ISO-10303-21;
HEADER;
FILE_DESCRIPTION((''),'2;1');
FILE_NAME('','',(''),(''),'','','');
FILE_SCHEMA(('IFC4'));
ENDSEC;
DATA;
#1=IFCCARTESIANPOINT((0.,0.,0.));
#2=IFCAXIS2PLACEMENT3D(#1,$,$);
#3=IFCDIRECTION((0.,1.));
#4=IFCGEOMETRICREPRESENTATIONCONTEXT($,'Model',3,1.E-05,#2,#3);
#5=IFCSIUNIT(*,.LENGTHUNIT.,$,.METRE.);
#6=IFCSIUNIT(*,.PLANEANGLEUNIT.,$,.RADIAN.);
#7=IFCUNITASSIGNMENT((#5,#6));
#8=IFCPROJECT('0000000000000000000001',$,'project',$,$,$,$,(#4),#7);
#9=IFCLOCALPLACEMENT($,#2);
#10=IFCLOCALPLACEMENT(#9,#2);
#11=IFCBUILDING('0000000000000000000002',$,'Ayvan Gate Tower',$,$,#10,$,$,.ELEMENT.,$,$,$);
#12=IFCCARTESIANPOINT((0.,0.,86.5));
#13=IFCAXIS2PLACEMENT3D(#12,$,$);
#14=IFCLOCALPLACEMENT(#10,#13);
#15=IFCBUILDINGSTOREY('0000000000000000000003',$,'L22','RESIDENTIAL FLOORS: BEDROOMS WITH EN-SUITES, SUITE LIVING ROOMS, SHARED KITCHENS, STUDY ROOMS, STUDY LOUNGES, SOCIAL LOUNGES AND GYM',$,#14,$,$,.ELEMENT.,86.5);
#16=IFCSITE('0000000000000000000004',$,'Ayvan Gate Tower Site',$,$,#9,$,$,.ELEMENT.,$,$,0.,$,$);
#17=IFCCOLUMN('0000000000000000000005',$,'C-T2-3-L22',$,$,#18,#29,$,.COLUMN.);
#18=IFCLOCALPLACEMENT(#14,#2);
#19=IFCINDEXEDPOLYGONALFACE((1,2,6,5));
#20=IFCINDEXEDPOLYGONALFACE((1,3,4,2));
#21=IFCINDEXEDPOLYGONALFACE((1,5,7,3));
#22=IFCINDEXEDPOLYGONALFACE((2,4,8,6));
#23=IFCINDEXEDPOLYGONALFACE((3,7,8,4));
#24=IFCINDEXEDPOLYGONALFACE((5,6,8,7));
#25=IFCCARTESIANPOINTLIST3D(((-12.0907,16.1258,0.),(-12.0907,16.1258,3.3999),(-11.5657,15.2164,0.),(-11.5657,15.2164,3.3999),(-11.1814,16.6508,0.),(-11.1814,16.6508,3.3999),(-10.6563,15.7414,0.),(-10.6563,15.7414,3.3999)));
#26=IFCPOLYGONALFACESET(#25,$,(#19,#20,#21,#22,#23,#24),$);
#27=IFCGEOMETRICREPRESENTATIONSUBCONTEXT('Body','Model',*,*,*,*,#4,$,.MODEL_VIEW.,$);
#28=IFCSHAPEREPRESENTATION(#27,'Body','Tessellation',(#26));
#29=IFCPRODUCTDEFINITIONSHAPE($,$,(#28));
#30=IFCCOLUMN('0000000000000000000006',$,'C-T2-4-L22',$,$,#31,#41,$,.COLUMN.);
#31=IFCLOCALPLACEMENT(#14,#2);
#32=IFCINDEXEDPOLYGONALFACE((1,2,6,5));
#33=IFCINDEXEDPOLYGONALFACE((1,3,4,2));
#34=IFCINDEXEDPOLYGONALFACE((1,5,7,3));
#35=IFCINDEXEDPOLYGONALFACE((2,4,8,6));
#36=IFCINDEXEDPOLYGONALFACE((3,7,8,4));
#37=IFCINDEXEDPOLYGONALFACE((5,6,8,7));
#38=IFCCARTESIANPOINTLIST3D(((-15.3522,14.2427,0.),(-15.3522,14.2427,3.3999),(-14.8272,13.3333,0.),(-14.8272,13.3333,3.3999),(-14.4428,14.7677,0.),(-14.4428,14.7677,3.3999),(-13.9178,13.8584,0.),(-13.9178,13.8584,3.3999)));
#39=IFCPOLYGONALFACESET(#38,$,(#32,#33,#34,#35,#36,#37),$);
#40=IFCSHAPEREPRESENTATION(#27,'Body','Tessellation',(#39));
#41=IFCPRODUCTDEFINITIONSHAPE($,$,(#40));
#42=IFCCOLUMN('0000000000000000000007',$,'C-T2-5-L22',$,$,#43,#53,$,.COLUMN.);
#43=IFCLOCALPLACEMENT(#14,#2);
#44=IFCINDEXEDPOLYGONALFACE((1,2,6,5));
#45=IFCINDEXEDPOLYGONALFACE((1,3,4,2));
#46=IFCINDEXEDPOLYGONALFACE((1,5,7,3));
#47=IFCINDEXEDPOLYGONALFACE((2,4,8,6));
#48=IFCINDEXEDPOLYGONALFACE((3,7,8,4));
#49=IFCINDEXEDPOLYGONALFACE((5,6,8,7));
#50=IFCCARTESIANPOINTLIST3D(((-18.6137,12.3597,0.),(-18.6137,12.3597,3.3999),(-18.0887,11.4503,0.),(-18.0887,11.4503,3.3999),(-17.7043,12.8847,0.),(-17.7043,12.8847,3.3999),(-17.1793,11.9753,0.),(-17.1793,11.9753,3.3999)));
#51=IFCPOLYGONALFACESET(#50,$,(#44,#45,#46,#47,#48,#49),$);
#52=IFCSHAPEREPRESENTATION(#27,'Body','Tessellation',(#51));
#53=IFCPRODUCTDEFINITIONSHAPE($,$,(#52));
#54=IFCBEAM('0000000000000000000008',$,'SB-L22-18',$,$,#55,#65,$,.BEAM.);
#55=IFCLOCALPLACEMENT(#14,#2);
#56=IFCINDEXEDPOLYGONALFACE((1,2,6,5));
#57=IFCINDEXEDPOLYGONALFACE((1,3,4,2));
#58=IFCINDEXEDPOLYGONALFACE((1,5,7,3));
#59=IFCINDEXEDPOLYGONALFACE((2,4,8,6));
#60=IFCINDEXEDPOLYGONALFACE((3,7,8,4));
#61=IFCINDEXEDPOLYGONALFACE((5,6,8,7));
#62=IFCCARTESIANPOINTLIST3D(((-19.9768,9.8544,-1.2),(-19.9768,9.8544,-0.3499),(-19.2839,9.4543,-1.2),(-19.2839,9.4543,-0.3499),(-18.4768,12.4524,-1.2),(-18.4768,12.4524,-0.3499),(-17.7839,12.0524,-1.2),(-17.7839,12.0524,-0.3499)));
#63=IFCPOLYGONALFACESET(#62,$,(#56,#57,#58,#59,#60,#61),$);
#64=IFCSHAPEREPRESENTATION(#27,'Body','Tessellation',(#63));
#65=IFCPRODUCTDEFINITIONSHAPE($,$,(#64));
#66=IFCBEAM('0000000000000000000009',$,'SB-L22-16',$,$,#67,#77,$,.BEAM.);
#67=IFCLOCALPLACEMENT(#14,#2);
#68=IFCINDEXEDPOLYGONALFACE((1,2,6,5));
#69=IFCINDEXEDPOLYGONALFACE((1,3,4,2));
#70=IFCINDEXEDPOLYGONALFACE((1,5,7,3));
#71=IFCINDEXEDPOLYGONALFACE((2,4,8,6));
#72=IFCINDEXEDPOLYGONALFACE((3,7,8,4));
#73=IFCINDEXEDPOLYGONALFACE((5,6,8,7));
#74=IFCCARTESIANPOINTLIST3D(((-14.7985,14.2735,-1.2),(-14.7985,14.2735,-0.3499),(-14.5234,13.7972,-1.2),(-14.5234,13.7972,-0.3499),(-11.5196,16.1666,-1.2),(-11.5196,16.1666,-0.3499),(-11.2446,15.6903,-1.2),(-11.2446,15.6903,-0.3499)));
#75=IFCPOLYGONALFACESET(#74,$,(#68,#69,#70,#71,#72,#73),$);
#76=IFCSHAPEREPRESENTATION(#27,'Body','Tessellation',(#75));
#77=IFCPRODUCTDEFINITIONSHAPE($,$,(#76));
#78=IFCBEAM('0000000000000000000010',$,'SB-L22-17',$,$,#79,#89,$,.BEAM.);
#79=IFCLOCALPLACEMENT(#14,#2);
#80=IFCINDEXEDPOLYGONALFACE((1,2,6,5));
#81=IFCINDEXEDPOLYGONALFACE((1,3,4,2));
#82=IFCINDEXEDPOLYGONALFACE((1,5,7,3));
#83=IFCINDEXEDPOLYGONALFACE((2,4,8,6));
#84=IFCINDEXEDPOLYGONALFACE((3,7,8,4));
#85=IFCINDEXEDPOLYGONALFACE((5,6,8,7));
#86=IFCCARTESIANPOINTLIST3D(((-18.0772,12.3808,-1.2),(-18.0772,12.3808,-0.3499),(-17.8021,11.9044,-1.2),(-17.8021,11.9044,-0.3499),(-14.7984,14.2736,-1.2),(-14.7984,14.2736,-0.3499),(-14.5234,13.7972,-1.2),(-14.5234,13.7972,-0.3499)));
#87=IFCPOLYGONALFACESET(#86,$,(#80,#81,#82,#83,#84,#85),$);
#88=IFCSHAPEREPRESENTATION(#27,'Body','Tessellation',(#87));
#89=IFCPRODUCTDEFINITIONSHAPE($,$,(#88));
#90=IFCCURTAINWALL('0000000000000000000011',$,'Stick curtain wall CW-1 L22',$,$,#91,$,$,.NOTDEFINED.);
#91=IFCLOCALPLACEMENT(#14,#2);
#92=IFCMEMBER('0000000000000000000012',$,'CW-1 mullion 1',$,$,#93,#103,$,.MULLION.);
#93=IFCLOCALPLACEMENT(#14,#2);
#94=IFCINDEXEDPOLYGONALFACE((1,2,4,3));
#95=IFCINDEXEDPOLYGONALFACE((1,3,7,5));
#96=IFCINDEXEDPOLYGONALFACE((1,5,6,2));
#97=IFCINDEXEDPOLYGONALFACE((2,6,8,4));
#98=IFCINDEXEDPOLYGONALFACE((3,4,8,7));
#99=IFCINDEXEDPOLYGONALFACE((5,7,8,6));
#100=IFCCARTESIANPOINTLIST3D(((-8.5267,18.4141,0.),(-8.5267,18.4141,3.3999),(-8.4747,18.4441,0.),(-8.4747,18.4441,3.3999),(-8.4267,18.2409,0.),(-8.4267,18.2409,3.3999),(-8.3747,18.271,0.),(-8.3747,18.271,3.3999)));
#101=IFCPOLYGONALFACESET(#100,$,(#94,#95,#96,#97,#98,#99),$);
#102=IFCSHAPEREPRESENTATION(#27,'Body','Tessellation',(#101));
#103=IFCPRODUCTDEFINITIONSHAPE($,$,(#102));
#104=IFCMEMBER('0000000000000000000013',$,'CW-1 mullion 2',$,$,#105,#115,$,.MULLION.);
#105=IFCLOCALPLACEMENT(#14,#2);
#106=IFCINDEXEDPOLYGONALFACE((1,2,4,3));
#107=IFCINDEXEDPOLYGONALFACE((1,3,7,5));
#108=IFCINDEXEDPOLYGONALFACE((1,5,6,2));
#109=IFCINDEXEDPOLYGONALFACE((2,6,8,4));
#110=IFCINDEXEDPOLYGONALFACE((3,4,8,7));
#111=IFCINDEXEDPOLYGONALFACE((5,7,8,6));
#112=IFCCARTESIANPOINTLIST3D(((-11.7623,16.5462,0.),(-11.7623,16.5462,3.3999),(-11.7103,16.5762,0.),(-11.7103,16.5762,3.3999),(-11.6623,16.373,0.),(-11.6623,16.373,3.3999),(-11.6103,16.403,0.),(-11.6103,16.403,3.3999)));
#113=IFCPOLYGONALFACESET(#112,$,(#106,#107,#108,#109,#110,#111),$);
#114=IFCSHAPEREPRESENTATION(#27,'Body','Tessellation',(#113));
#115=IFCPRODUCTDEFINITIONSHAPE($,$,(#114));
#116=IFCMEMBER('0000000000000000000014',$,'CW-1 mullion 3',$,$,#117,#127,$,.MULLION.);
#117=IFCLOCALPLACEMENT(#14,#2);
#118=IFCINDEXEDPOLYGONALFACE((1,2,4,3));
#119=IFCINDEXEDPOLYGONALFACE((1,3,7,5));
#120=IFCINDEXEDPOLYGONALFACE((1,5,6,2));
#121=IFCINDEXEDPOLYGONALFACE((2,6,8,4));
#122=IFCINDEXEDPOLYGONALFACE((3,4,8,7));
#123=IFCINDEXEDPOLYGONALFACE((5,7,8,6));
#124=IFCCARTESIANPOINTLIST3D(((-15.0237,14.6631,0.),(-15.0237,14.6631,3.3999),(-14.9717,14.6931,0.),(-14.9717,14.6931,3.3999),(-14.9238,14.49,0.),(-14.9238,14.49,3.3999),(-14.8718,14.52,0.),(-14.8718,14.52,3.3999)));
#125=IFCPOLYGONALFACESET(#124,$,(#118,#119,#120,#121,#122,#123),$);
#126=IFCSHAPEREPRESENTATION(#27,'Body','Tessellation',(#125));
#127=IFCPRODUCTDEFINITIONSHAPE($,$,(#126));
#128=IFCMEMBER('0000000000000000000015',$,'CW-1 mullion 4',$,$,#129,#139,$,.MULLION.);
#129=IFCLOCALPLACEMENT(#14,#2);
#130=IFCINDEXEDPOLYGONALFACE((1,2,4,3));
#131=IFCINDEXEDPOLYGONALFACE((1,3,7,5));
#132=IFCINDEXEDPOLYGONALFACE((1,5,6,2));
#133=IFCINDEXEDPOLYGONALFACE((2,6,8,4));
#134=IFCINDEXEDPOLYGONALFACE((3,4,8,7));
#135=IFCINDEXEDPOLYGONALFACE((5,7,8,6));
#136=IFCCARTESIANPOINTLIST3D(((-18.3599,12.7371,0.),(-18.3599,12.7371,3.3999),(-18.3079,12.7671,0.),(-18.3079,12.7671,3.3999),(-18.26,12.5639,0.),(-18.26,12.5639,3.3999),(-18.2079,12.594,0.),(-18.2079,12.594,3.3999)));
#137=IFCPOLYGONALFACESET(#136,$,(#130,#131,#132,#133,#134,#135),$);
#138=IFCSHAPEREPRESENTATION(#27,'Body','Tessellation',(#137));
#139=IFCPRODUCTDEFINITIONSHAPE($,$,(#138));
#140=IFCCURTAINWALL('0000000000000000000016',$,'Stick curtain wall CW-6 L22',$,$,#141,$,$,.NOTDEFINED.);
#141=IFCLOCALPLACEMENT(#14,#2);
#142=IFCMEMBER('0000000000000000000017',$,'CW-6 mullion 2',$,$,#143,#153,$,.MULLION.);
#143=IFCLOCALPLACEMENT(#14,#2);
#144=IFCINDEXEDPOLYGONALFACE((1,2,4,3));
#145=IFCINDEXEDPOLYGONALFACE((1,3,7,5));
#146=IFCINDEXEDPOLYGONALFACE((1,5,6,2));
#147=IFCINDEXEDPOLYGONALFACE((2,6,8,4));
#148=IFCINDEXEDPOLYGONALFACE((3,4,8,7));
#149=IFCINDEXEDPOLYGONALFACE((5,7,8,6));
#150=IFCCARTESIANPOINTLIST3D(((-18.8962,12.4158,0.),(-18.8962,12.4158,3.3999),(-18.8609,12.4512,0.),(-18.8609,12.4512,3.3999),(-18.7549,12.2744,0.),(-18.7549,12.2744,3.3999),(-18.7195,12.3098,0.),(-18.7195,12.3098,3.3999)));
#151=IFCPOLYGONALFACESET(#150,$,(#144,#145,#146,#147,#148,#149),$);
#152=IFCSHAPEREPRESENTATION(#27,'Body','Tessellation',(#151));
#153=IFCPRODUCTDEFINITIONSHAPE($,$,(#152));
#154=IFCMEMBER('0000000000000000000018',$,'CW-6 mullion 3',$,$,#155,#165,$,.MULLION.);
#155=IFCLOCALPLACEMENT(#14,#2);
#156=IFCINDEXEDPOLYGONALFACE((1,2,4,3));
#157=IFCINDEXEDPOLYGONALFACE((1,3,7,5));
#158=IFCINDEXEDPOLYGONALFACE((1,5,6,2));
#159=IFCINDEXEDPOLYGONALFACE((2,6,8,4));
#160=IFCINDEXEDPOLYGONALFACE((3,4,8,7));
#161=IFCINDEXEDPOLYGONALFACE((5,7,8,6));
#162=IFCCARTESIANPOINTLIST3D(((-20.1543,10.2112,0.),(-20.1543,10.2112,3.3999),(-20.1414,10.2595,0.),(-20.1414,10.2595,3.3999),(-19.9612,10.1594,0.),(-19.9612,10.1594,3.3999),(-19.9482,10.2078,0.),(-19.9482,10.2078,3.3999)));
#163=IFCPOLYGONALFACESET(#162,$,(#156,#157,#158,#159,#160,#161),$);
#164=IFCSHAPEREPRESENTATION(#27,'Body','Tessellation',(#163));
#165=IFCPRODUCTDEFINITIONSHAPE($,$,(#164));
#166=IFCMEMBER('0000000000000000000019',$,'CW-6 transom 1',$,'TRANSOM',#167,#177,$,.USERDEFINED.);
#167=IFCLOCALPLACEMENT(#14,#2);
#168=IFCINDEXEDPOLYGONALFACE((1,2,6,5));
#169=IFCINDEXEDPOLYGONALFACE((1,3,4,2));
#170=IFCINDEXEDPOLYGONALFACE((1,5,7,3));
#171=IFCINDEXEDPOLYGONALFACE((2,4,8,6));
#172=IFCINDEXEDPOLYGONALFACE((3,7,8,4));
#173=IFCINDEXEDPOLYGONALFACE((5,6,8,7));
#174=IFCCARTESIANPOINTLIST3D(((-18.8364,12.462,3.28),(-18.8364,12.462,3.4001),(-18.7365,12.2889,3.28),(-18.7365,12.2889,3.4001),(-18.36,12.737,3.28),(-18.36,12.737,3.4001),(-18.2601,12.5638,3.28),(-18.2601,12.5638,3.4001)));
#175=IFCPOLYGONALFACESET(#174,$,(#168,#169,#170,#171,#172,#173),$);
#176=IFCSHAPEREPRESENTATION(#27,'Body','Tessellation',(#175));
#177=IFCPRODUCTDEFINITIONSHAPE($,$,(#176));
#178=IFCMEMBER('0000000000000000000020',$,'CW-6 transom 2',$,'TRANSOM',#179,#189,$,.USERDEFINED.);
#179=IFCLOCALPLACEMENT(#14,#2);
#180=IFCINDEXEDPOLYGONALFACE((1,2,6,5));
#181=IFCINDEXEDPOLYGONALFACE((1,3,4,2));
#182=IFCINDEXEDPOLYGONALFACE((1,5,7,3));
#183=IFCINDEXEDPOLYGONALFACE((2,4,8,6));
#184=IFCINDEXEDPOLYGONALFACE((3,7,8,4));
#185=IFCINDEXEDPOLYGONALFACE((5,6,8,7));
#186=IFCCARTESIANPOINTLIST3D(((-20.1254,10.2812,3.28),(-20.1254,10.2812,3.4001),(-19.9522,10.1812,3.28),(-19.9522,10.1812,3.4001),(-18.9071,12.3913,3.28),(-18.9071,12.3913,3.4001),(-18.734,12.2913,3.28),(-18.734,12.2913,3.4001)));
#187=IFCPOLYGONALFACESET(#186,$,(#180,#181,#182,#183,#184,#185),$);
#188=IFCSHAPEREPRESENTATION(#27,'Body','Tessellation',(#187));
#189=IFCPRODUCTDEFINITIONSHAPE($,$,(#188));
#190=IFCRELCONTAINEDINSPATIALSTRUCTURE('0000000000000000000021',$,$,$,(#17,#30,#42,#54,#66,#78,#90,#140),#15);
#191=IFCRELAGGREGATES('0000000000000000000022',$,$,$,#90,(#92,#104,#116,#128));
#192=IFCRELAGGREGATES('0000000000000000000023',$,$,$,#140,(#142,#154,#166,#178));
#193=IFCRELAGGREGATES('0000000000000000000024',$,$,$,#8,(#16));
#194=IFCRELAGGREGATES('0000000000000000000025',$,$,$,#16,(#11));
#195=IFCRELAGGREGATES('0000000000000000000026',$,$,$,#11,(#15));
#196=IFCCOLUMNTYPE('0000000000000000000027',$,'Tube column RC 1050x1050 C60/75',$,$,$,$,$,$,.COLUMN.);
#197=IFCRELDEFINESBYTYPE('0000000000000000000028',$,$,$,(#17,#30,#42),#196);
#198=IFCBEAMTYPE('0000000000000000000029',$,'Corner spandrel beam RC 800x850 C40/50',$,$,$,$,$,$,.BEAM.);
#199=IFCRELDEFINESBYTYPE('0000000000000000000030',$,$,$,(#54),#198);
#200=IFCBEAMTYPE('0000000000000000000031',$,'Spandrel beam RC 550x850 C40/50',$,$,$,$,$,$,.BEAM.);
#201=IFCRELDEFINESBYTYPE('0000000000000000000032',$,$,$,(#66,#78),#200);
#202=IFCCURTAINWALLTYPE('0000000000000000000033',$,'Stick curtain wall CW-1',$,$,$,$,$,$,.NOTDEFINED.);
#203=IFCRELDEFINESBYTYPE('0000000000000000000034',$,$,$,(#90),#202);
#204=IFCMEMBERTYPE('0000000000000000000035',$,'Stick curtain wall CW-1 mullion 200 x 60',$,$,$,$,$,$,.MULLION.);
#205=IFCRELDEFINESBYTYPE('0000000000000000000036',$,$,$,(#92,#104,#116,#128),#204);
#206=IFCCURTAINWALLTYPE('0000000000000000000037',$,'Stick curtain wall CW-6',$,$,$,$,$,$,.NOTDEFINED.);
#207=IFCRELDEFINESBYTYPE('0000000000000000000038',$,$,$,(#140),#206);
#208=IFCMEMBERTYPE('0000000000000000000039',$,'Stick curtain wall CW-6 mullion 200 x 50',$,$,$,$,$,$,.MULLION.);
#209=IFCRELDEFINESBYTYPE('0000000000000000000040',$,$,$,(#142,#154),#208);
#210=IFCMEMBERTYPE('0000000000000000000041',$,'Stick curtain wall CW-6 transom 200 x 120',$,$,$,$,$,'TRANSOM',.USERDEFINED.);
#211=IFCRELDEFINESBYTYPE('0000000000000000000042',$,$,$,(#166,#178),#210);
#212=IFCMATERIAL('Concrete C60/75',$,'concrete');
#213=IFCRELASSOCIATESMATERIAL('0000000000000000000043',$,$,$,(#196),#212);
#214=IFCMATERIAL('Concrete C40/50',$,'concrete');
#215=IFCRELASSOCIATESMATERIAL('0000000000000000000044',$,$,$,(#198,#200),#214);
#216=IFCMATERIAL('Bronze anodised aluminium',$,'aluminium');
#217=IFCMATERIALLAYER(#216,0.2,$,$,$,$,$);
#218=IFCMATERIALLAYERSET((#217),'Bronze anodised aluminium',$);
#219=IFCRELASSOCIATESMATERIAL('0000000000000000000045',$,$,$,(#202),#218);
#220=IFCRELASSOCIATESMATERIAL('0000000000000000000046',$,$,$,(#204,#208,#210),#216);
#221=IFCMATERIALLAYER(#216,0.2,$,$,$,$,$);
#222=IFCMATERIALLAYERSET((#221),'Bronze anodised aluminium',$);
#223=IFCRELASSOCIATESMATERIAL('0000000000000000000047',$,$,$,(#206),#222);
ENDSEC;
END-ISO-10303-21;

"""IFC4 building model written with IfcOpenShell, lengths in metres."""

from ifc_helpers import new_model, si_unit, direction, frame, origin, origin_2d, place, context, subcontext, project, spatial, rectangle, extrude, material, layer, layer_set, material_profile, profile_set, type_object, element, aggregate, save


model = new_model("IFC4")

# Units and contexts
model_context = context("Model", 3, precision=1e-05, world=origin(), true_north=direction((0.0, 1.0)))
body_context = subcontext(model_context, "Body", "Model", "MODEL_VIEW")
ifc_project = project(units=[si_unit("LENGTHUNIT", "METRE"), si_unit("PLANEANGLEUNIT", "RADIAN")], contexts=[model_context])

# Site, building, storey
site_placement = place(None, origin())
site = spatial("IfcSite", under=ifc_project, at=site_placement, Name="Ayvan Gate Tower Site", CompositionType="ELEMENT", RefElevation=0.0)
building_placement = place(site_placement, origin())
building = spatial("IfcBuilding", under=site, at=building_placement, Name="Ayvan Gate Tower", CompositionType="ELEMENT")
storey_placement = place(building_placement, frame((0.0, 0.0, 86.5)))
storey = spatial("IfcBuildingStorey", under=building, at=storey_placement, Name="L22", Description="RESIDENTIAL FLOORS: BEDROOMS WITH EN-SUITES, SUITE LIVING ROOMS, SHARED KITCHENS, STUDY ROOMS, STUDY LOUNGES, SOCIAL LOUNGES AND GYM", CompositionType="ELEMENT", Elevation=86.5)

# Columns
ifc_material_1 = material(Name="Concrete C60/75", Category="concrete")
ifc_material_profile_1 = material_profile(ifc_material_1, rectangle(XDim=1.05, YDim=1.05, at=origin_2d()), Name="RC 1050x1050")
ifc_profile_set_1 = profile_set([ifc_material_profile_1], Name="Concrete C60/75")
column_type = type_object("IfcColumnType", Name="Tube column RC 1050x1050 C60/75", PredefinedType="COLUMN", material=ifc_profile_set_1)
for number, where, z_axis, x_axis, name in (
    (1, (-11.3735, 15.9336, 0.0), (0.0, 0.0, 1.0), (-0.5, 0.866025, 0.0), "C-T2-3-L22"),
    (2, (-14.635, 14.0505, 0.0), (0.0, 0.0, 1.0), (-0.5, 0.866025, 0.0), "C-T2-4-L22"),
    (3, (-17.8965, 12.1675, 0.0), (0.0, 0.0, 1.0), (-0.5, 0.866025, 0.0), "C-T2-5-L22"),
):
    element("IfcColumn", number, at=place(storey_placement, frame(where, z_axis=z_axis, x_axis=x_axis)), inside=storey, type_object=column_type, Name=name, PredefinedType="COLUMN", context=body_context, shape_type="SweptSolid", body=[
        extrude(rectangle(XDim=1.05, YDim=1.05, at=origin_2d()), origin(), (0.0, 0.0, 1.0), 3.3999),
    ])

# Beams
ifc_material_2 = material(Name="Concrete C40/50", Category="concrete")
ifc_material_profile_2 = material_profile(ifc_material_2, rectangle(XDim=0.8, YDim=0.8501, at=origin_2d()), Name="RC 800x850")
ifc_profile_set_2 = profile_set([ifc_material_profile_2], Name="Concrete C40/50")
beam_type_1 = type_object("IfcBeamType", Name="Corner spandrel beam RC 800x850 C40/50", PredefinedType="BEAM", material=ifc_profile_set_2)
beam_1_placement = place(storey_placement, frame((-18.1304, 12.2524, -0.7749), z_axis=(-0.49999, -0.866031, 0.0), x_axis=(0.866031, -0.49999, 0.0)))
element("IfcBeam", 4, at=beam_1_placement, inside=storey, type_object=beam_type_1, Name="SB-L22-18", PredefinedType="BEAM", context=body_context, shape_type="SweptSolid", body=[
    extrude(rectangle(XDim=0.8, YDim=0.8501, at=origin_2d()), origin(), (0.0, 0.0, 1.0), 3.0),
])
ifc_material_profile_3 = material_profile(ifc_material_2, rectangle(XDim=0.55, YDim=0.8501, at=origin_2d()), Name="RC 550x850")
ifc_profile_set_3 = profile_set([ifc_material_profile_3], Name="Concrete C40/50")
beam_type_2 = type_object("IfcBeamType", Name="Spandrel beam RC 550x850 C40/50", PredefinedType="BEAM", material=ifc_profile_set_3)
beam_2_placement = place(storey_placement, frame((-11.3821, 15.9285, -0.7749), z_axis=(-0.86602, -0.500009, 0.0), x_axis=(0.500009, -0.86602, 0.0)))
element("IfcBeam", 5, at=beam_2_placement, inside=storey, type_object=beam_type_2, Name="SB-L22-16", PredefinedType="BEAM", context=body_context, shape_type="SweptSolid", body=[
    extrude(rectangle(XDim=0.55, YDim=0.8501, at=origin_2d()), origin(), (0.0, 0.0, 1.0), 3.7861),
])
beam_3_placement = place(storey_placement, frame((-14.6609, 14.0354, -0.7749), z_axis=(-0.866048, -0.499961, 0.0), x_axis=(0.499961, -0.866048, 0.0)))
element("IfcBeam", 6, at=beam_3_placement, inside=storey, type_object=beam_type_2, Name="SB-L22-17", PredefinedType="BEAM", context=body_context, shape_type="SweptSolid", body=[
    extrude(rectangle(XDim=0.55, YDim=0.8501, at=origin_2d()), origin(), (0.0, 0.0, 1.0), 3.7859),
])

# Curtain walls, members
ifc_material_3 = material(Name="Bronze anodised aluminium", Category="aluminium")
ifc_layer_1 = layer(ifc_material_3, 0.2)
ifc_layer_set_1 = layer_set([ifc_layer_1], Name="Bronze anodised aluminium")
curtain_wall_type_1 = type_object("IfcCurtainWallType", Name="Stick curtain wall CW-1", PredefinedType="NOTDEFINED", material=ifc_layer_set_1)
curtain_wall_1_placement = place(storey_placement, origin())
curtain_wall_1 = element("IfcCurtainWall", 7, at=curtain_wall_1_placement, inside=storey, type_object=curtain_wall_type_1, Name="Stick curtain wall CW-1 L22", PredefinedType="NOTDEFINED")
ifc_material_profile_4 = material_profile(ifc_material_3, rectangle(XDim=0.2, YDim=0.0601, at=origin_2d()), Name="Stick curtain wall CW-1 mullion 200 x 60")
ifc_profile_set_4 = profile_set([ifc_material_profile_4], Name="Bronze anodised aluminium")
member_type_1 = type_object("IfcMemberType", Name="Stick curtain wall CW-1 mullion 200 x 60", PredefinedType="MULLION", material=ifc_profile_set_4)
member_1_placement = place(storey_placement, frame((-8.4507, 18.3425, 0.0), z_axis=(0.0, 0.0, 1.0), x_axis=(-0.5, 0.866025, 0.0)))
member_1 = element("IfcMember", 8, at=member_1_placement, type_object=member_type_1, Name="CW-1 mullion 1", PredefinedType="MULLION", context=body_context, shape_type="SweptSolid", body=[
    extrude(rectangle(XDim=0.2, YDim=0.0601, at=origin_2d()), origin(), (0.0, 0.0, 1.0), 3.3999),
])
member_2_placement = place(storey_placement, frame((-11.6863, 16.4746, 0.0), z_axis=(0.0, 0.0, 1.0), x_axis=(-0.5, 0.866025, 0.0)))
member_2 = element("IfcMember", 9, at=member_2_placement, type_object=member_type_1, Name="CW-1 mullion 2", PredefinedType="MULLION", context=body_context, shape_type="SweptSolid", body=[
    extrude(rectangle(XDim=0.2, YDim=0.0601, at=origin_2d()), origin(), (0.0, 0.0, 1.0), 3.3999),
])
member_3_placement = place(storey_placement, frame((-14.9478, 14.5916, 0.0), z_axis=(0.0, 0.0, 1.0), x_axis=(-0.5, 0.866025, 0.0)))
member_3 = element("IfcMember", 10, at=member_3_placement, type_object=member_type_1, Name="CW-1 mullion 3", PredefinedType="MULLION", context=body_context, shape_type="SweptSolid", body=[
    extrude(rectangle(XDim=0.2, YDim=0.0601, at=origin_2d()), origin(), (0.0, 0.0, 1.0), 3.3999),
])
member_4_placement = place(storey_placement, frame((-18.2839, 12.6655, 0.0), z_axis=(0.0, 0.0, 1.0), x_axis=(-0.5, 0.866025, 0.0)))
member_4 = element("IfcMember", 11, at=member_4_placement, type_object=member_type_1, Name="CW-1 mullion 4", PredefinedType="MULLION", context=body_context, shape_type="SweptSolid", body=[
    extrude(rectangle(XDim=0.2, YDim=0.0601, at=origin_2d()), origin(), (0.0, 0.0, 1.0), 3.3999),
])
ifc_layer_2 = layer(ifc_material_3, 0.2)
ifc_layer_set_2 = layer_set([ifc_layer_2], Name="Bronze anodised aluminium")
curtain_wall_type_2 = type_object("IfcCurtainWallType", Name="Stick curtain wall CW-6", PredefinedType="NOTDEFINED", material=ifc_layer_set_2)
curtain_wall_2_placement = place(storey_placement, origin())
curtain_wall_2 = element("IfcCurtainWall", 12, at=curtain_wall_2_placement, inside=storey, type_object=curtain_wall_type_2, Name="Stick curtain wall CW-6 L22", PredefinedType="NOTDEFINED")
ifc_material_profile_5 = material_profile(ifc_material_3, rectangle(XDim=0.2, YDim=0.05, at=origin_2d()), Name="Stick curtain wall CW-6 mullion 200 x 50")
ifc_profile_set_5 = profile_set([ifc_material_profile_5], Name="Bronze anodised aluminium")
member_type_2 = type_object("IfcMemberType", Name="Stick curtain wall CW-6 mullion 200 x 50", PredefinedType="MULLION", material=ifc_profile_set_5)
member_5_placement = place(storey_placement, frame((-18.8079, 12.3628, 0.0), z_axis=(0.0, 0.0, 1.0), x_axis=(-0.707107, 0.707107, 0.0)))
member_5 = element("IfcMember", 13, at=member_5_placement, type_object=member_type_2, Name="CW-6 mullion 2", PredefinedType="MULLION", context=body_context, shape_type="SweptSolid", body=[
    extrude(rectangle(XDim=0.2, YDim=0.05, at=origin_2d()), origin(), (0.0, 0.0, 1.0), 3.3999),
])
member_6_placement = place(storey_placement, frame((-20.0513, 10.2095, 0.0), z_axis=(0.0, 0.0, 1.0), x_axis=(-0.965926, 0.258819, 0.0)))
member_6 = element("IfcMember", 14, at=member_6_placement, type_object=member_type_2, Name="CW-6 mullion 3", PredefinedType="MULLION", context=body_context, shape_type="SweptSolid", body=[
    extrude(rectangle(XDim=0.2, YDim=0.05, at=origin_2d()), origin(), (0.0, 0.0, 1.0), 3.3999),
])
ifc_material_profile_6 = material_profile(ifc_material_3, rectangle(XDim=0.2, YDim=0.1201, at=origin_2d()), Name="Stick curtain wall CW-6 transom 200 x 120")
ifc_profile_set_6 = profile_set([ifc_material_profile_6], Name="Bronze anodised aluminium")
member_type_3 = type_object("IfcMemberType", Name="Stick curtain wall CW-6 transom 200 x 120", ElementType="TRANSOM", PredefinedType="USERDEFINED", material=ifc_profile_set_6)
member_7_placement = place(storey_placement, frame((-18.3101, 12.6504, 3.3401), z_axis=(-0.866104, -0.499863, 0.0), x_axis=(0.499863, -0.866104, 0.0)))
member_7 = element("IfcMember", 15, at=member_7_placement, type_object=member_type_3, Name="CW-6 transom 1", ObjectType="TRANSOM", PredefinedType="USERDEFINED", context=body_context, shape_type="SweptSolid", body=[
    extrude(rectangle(XDim=0.2, YDim=0.1201, at=origin_2d()), origin(), (0.0, 0.0, 1.0), 0.55),
])
member_8_placement = place(storey_placement, frame((-18.8206, 12.3413, 3.3401), z_axis=(-0.499997, -0.866027, 0.0), x_axis=(0.866027, -0.499997, 0.0)))
member_8 = element("IfcMember", 16, at=member_8_placement, type_object=member_type_3, Name="CW-6 transom 2", ObjectType="TRANSOM", PredefinedType="USERDEFINED", context=body_context, shape_type="SweptSolid", body=[
    extrude(rectangle(XDim=0.2, YDim=0.1201, at=origin_2d()), origin(), (0.0, 0.0, 1.0), 2.4365),
])

aggregate(curtain_wall_1, [member_1, member_2, member_3, member_4])
aggregate(curtain_wall_2, [member_5, member_6, member_7, member_8])

save(model, "model.ifc")
